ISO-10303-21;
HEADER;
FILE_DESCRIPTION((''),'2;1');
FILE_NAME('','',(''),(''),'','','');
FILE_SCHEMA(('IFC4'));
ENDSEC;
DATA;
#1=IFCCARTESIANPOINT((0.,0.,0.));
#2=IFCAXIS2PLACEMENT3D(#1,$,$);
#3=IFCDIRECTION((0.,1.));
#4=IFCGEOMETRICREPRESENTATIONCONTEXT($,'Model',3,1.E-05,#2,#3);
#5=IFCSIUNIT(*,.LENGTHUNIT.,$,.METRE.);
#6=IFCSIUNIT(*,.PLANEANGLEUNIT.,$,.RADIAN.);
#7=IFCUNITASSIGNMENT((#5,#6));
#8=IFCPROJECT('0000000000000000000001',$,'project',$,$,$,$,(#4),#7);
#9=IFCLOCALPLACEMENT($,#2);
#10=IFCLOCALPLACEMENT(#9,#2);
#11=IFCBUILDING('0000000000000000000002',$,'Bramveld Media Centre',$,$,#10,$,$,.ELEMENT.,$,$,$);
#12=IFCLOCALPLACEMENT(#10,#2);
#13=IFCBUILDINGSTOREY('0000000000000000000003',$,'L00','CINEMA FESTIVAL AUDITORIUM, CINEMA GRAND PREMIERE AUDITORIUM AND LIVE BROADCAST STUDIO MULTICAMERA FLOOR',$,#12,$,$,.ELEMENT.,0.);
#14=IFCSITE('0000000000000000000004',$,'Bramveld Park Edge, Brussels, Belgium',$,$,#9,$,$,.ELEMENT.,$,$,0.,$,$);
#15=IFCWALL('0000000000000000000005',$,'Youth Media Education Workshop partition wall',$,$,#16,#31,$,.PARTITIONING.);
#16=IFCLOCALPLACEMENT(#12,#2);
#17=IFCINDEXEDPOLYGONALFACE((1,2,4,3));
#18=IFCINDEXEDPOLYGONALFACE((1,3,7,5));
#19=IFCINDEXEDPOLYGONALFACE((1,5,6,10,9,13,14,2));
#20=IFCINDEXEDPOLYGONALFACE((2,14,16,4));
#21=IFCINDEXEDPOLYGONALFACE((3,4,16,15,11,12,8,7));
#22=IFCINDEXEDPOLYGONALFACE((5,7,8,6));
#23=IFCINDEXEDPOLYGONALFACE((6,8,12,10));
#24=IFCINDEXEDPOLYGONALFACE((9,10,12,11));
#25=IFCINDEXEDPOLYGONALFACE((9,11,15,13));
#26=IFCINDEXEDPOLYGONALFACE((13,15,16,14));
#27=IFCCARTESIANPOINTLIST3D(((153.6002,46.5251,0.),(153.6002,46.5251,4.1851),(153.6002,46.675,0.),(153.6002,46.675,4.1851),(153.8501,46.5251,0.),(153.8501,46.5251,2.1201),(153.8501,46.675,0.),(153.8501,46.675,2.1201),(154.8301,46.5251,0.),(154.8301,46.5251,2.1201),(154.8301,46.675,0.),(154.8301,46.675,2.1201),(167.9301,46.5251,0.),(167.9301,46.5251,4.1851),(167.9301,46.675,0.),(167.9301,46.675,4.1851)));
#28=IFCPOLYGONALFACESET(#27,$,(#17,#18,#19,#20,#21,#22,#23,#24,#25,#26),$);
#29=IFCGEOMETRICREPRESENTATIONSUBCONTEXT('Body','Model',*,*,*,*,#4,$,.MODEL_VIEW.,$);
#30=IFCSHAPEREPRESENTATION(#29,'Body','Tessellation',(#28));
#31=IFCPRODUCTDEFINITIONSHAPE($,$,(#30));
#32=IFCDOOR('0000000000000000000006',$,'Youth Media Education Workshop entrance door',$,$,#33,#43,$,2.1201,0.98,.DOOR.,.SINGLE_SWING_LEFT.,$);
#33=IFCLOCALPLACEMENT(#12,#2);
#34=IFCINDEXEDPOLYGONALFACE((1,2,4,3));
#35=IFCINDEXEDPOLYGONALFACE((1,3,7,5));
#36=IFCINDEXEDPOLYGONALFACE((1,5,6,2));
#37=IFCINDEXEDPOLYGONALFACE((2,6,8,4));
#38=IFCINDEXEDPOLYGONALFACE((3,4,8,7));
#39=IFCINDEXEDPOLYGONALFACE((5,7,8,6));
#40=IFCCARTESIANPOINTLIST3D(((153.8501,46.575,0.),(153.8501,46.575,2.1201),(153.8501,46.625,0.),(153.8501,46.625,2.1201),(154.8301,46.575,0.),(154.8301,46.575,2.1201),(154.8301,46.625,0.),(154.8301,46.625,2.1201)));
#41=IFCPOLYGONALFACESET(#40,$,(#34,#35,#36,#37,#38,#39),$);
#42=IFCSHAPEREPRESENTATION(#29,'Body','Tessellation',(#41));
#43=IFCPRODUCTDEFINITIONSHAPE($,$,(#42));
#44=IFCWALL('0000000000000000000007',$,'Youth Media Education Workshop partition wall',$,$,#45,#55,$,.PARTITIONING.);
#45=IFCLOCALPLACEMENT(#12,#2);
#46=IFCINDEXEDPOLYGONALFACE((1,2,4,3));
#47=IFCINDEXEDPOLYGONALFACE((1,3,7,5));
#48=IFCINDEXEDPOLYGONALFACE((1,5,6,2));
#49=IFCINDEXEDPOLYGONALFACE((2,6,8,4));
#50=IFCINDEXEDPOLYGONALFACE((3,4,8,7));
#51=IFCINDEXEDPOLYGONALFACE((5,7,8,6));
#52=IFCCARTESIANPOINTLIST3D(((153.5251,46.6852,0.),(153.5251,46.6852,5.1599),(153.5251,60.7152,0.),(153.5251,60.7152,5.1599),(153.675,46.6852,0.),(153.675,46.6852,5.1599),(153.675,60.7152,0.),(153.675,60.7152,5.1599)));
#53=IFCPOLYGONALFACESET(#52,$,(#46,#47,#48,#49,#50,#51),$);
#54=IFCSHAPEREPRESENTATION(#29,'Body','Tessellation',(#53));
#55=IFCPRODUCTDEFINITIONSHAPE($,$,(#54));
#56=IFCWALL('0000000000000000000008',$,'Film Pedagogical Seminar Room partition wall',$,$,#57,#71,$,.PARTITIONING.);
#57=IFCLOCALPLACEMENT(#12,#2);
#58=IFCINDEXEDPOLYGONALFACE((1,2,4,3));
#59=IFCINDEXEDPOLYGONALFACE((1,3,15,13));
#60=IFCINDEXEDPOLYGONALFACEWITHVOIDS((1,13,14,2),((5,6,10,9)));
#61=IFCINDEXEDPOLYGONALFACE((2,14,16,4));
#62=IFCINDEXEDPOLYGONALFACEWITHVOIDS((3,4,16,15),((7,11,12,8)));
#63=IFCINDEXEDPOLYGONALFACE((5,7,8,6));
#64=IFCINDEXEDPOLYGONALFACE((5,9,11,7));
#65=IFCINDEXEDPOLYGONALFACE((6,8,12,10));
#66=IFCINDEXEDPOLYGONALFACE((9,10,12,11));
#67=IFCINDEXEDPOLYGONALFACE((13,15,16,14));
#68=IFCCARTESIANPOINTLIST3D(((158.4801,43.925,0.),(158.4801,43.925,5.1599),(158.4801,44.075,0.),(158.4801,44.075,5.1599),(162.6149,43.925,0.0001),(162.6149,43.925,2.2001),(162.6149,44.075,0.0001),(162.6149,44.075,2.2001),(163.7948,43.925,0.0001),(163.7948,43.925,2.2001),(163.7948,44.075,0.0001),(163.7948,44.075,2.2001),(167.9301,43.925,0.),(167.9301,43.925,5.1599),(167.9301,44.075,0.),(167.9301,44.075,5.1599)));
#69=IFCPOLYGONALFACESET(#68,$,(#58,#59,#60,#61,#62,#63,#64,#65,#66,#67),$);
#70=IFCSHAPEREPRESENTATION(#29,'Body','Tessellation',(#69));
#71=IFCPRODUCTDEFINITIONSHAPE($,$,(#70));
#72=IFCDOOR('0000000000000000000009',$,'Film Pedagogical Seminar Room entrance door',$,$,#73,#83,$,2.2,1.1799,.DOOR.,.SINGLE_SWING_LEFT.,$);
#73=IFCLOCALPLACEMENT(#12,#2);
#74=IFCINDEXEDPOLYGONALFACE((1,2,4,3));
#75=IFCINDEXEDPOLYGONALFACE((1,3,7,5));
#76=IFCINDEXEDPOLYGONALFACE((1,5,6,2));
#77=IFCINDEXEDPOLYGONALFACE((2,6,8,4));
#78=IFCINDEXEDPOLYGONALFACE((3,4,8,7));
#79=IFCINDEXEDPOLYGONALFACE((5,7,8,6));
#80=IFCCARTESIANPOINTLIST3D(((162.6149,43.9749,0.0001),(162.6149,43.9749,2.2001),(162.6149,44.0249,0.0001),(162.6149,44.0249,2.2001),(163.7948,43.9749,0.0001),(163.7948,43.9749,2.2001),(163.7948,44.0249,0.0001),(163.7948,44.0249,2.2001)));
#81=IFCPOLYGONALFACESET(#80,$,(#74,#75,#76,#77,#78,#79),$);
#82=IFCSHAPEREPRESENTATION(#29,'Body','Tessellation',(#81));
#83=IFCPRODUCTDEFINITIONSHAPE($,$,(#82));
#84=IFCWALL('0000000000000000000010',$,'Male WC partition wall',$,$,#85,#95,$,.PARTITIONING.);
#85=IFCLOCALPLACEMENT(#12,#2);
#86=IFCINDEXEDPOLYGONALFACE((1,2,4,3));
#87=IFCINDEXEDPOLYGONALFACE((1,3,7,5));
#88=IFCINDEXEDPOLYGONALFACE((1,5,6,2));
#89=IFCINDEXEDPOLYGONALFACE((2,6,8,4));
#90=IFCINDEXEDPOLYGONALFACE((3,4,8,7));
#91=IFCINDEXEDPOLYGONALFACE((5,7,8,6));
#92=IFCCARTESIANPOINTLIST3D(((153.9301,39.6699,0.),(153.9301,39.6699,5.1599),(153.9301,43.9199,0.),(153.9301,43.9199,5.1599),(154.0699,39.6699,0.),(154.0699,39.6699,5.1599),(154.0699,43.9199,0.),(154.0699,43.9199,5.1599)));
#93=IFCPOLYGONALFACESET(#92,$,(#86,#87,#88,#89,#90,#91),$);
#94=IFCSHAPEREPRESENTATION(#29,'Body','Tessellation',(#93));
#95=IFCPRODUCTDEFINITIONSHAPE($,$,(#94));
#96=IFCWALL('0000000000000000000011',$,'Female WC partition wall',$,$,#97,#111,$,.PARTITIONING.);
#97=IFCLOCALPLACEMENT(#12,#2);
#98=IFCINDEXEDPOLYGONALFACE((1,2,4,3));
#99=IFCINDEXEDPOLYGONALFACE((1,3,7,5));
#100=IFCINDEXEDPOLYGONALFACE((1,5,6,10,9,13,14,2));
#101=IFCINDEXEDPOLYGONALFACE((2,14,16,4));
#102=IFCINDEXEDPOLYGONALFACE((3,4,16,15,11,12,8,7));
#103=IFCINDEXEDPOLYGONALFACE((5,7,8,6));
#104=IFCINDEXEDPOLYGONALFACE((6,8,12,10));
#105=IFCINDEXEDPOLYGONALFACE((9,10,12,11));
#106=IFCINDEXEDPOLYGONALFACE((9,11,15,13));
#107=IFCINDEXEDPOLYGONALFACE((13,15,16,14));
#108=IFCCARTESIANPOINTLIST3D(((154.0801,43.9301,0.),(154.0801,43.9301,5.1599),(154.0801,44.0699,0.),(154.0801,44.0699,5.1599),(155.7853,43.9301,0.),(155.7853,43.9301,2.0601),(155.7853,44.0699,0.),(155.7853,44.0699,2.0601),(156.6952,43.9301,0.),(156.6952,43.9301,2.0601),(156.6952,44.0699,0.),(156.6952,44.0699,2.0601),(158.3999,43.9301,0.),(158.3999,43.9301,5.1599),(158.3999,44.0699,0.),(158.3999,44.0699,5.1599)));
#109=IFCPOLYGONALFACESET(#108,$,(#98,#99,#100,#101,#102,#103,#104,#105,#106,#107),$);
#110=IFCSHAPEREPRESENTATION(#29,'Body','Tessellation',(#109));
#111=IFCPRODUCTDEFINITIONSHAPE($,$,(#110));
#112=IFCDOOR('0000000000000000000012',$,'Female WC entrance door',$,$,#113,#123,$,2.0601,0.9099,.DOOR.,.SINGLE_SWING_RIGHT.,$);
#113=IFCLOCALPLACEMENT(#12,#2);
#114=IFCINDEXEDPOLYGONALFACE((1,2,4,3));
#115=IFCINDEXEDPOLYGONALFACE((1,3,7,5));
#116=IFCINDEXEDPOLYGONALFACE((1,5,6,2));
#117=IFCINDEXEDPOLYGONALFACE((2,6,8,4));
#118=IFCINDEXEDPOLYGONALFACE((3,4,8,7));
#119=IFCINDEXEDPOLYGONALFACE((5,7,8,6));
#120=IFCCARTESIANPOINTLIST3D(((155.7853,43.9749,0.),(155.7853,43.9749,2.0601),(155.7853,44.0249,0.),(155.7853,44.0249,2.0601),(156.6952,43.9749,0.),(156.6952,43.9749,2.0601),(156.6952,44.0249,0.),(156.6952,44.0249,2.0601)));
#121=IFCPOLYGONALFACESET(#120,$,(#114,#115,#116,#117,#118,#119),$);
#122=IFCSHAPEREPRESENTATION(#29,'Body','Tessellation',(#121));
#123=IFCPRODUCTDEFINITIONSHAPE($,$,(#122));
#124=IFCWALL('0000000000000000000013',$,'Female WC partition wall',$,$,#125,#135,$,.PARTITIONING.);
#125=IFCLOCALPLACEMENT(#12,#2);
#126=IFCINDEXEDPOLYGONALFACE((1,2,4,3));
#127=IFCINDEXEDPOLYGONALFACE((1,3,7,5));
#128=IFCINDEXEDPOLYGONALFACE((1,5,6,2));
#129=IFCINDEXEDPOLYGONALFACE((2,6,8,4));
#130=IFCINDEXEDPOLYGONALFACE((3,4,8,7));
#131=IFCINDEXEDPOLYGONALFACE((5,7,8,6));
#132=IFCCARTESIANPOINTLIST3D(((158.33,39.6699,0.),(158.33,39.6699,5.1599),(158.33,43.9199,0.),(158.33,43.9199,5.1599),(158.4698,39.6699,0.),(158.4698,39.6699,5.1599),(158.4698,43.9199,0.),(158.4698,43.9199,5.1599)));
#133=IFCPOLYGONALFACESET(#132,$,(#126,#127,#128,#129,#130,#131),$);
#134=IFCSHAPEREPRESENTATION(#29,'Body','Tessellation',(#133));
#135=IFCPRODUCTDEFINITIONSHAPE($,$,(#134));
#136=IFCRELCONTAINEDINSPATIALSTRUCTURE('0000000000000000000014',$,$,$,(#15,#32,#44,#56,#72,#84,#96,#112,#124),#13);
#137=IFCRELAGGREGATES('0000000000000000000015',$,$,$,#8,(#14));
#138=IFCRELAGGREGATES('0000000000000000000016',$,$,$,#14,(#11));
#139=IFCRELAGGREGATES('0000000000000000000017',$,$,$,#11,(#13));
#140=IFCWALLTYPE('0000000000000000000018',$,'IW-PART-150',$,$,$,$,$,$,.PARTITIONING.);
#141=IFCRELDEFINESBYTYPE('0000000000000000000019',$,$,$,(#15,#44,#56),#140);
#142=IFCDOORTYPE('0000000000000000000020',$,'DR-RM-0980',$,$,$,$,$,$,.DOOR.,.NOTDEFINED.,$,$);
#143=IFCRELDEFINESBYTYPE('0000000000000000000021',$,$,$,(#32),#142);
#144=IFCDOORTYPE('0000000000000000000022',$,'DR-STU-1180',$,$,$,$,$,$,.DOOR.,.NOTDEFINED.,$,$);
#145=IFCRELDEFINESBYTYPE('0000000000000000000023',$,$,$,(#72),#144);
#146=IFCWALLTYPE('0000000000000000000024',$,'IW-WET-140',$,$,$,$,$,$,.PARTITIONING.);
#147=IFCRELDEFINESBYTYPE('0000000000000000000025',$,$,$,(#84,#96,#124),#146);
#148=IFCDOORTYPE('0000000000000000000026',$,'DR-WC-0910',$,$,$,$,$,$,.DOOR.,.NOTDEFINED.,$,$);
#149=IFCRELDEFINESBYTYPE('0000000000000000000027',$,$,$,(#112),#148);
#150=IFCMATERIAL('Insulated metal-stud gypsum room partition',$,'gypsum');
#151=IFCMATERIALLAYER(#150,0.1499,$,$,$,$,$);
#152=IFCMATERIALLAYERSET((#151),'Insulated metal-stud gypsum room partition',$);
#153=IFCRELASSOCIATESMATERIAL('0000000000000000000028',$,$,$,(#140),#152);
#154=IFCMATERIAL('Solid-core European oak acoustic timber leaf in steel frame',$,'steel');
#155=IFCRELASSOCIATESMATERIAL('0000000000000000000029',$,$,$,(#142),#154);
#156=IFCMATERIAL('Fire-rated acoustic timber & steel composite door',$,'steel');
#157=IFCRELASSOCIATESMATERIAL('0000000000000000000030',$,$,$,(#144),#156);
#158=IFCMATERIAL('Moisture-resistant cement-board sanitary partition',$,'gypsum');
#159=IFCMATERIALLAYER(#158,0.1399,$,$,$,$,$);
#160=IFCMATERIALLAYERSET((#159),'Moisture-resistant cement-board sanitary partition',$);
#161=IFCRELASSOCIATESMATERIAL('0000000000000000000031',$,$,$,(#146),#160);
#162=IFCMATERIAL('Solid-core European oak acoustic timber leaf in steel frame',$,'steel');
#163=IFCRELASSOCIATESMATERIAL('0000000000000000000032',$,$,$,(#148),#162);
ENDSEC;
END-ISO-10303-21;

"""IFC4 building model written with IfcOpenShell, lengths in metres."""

from ifc_helpers import new_model, si_unit, direction, frame, frame_2d, origin, place, context, subcontext, project, spatial, rectangle, extrude, material, layer, layer_set, type_object, element, fill, save


model = new_model("IFC4")

# Units and contexts
model_context = context("Model", 3, precision=1e-05, world=origin(), true_north=direction((0.0, 1.0)))
body_context = subcontext(model_context, "Body", "Model", "MODEL_VIEW")
ifc_project = project(units=[si_unit("LENGTHUNIT", "METRE"), si_unit("PLANEANGLEUNIT", "RADIAN")], contexts=[model_context])

# Site, building, storey
site_placement = place(None, origin())
site = spatial("IfcSite", under=ifc_project, at=site_placement, Name="Bramveld Park Edge, Brussels, Belgium", CompositionType="ELEMENT", RefElevation=0.0)
building_placement = place(site_placement, origin())
building = spatial("IfcBuilding", under=site, at=building_placement, Name="Bramveld Media Centre", CompositionType="ELEMENT")
storey_placement = place(building_placement, origin())
storey = spatial("IfcBuildingStorey", under=building, at=storey_placement, Name="L00", Description="CINEMA FESTIVAL AUDITORIUM, CINEMA GRAND PREMIERE AUDITORIUM AND LIVE BROADCAST STUDIO MULTICAMERA FLOOR", CompositionType="ELEMENT", Elevation=0.0)

# Wall, opening, door
ifc_material_1 = material(Name="Insulated metal-stud gypsum room partition", Category="gypsum")
ifc_layer_1 = layer(ifc_material_1, 0.1499)
ifc_layer_set_1 = layer_set([ifc_layer_1], Name="Insulated metal-stud gypsum room partition")
wall_type_1 = type_object("IfcWallType", Name="IW-PART-150", PredefinedType="PARTITIONING", material=ifc_layer_set_1)
wall_1_placement = place(storey_placement, frame((153.6001, 46.6001, 0.0), z_axis=(0.0, 0.0, 1.0), x_axis=(1.0, 0.0, 0.0)))
wall_1 = element("IfcWall", 1, at=wall_1_placement, inside=storey, type_object=wall_type_1, Name="Youth Media Education Workshop partition wall", PredefinedType="PARTITIONING", context=body_context, shape_type="SweptSolid", body=[
    extrude(rectangle(XDim=14.3298, YDim=0.1499, at=frame_2d((7.165, 0.0))), origin(), (0.0, 0.0, 1.0), 4.1851),
])
opening_1_placement = place(wall_1_placement, frame((0.25, 0.0, 0.0)))
opening_1 = element("IfcOpeningElement", 2, at=opening_1_placement, cuts=wall_1, PredefinedType="OPENING", context=body_context, shape_type="SweptSolid", body=[
    extrude(rectangle(XDim=0.98, YDim=2.1201, at=frame_2d((0.49, 1.0601))), frame((0.0, 0.0869, 0.0), z_axis=(0.0, -1.0, 0.0), x_axis=(1.0, 0.0, 0.0)), (0.0, 0.0, 1.0), 0.1738),
])
ifc_material_2 = material(Name="Solid-core European oak acoustic timber leaf in steel frame", Category="steel")
door_type_1 = type_object("IfcDoorType", Name="DR-RM-0980", OperationType="NOTDEFINED", PredefinedType="DOOR", material=ifc_material_2)
door_1_placement = place(opening_1_placement, origin())
door_1 = element("IfcDoor", 3, at=door_1_placement, inside=storey, type_object=door_type_1, Name="Youth Media Education Workshop entrance door", OperationType="SINGLE_SWING_LEFT", OverallHeight=2.1201, OverallWidth=0.98, PredefinedType="DOOR", context=body_context, shape_type="SweptSolid", body=[
    extrude(rectangle(XDim=0.98, YDim=2.1201, at=frame_2d((0.49, 1.0601))), frame((0.0, 0.0249, 0.0), z_axis=(0.0, -1.0, 0.0), x_axis=(1.0, 0.0, 0.0)), (0.0, 0.0, 1.0), 0.05),
])
fill(opening_1, door_1)

# Wall
wall_2_placement = place(storey_placement, frame((153.6001, 46.6851, 0.0), z_axis=(0.0, 0.0, 1.0), x_axis=(0.0, 1.0, 0.0)))
element("IfcWall", 4, at=wall_2_placement, inside=storey, type_object=wall_type_1, Name="Youth Media Education Workshop partition wall", PredefinedType="PARTITIONING", context=body_context, shape_type="SweptSolid", body=[
    extrude(rectangle(XDim=14.03, YDim=0.1499, at=frame_2d((7.0151, 0.0))), origin(), (0.0, 0.0, 1.0), 5.1599),
])

# Wall, opening, door
wall_3_placement = place(storey_placement, frame((158.48, 44.0, 0.0), z_axis=(0.0, 0.0, 1.0), x_axis=(1.0, 0.0, 0.0)))
wall_3 = element("IfcWall", 5, at=wall_3_placement, inside=storey, type_object=wall_type_1, Name="Film Pedagogical Seminar Room partition wall", PredefinedType="PARTITIONING", context=body_context, shape_type="SweptSolid", body=[
    extrude(rectangle(XDim=9.45, YDim=0.1499, at=frame_2d((4.7251, 0.0))), origin(), (0.0, 0.0, 1.0), 5.1599),
])
opening_2_placement = place(wall_3_placement, frame((4.135, 0.0, 0.0)))
opening_2 = element("IfcOpeningElement", 6, at=opening_2_placement, cuts=wall_3, PredefinedType="OPENING", context=body_context, shape_type="SweptSolid", body=[
    extrude(rectangle(XDim=1.1799, YDim=2.2, at=frame_2d((0.5898, 1.1001))), frame((0.0, 0.0869, 0.0), z_axis=(0.0, -1.0, 0.0), x_axis=(1.0, 0.0, 0.0)), (0.0, 0.0, 1.0), 0.1738),
])
ifc_material_3 = material(Name="Fire-rated acoustic timber & steel composite door", Category="steel")
door_type_2 = type_object("IfcDoorType", Name="DR-STU-1180", OperationType="NOTDEFINED", PredefinedType="DOOR", material=ifc_material_3)
door_2_placement = place(opening_2_placement, origin())
door_2 = element("IfcDoor", 7, at=door_2_placement, inside=storey, type_object=door_type_2, Name="Film Pedagogical Seminar Room entrance door", OperationType="SINGLE_SWING_LEFT", OverallHeight=2.2, OverallWidth=1.1799, PredefinedType="DOOR", context=body_context, shape_type="SweptSolid", body=[
    extrude(rectangle(XDim=1.1799, YDim=2.2, at=frame_2d((0.5898, 1.1001))), frame((0.0, 0.0249, 0.0), z_axis=(0.0, -1.0, 0.0), x_axis=(1.0, 0.0, 0.0)), (0.0, 0.0, 1.0), 0.05),
])
fill(opening_2, door_2)

# Wall
ifc_material_4 = material(Name="Moisture-resistant cement-board sanitary partition", Category="gypsum")
ifc_layer_2 = layer(ifc_material_4, 0.1399)
ifc_layer_set_2 = layer_set([ifc_layer_2], Name="Moisture-resistant cement-board sanitary partition")
wall_type_2 = type_object("IfcWallType", Name="IW-WET-140", PredefinedType="PARTITIONING", material=ifc_layer_set_2)
wall_4_placement = place(storey_placement, frame((154.0, 39.6699, 0.0), z_axis=(0.0, 0.0, 1.0), x_axis=(0.0, 1.0, 0.0)))
element("IfcWall", 8, at=wall_4_placement, inside=storey, type_object=wall_type_2, Name="Male WC partition wall", PredefinedType="PARTITIONING", context=body_context, shape_type="SweptSolid", body=[
    extrude(rectangle(XDim=4.25, YDim=0.1399, at=frame_2d((2.125, 0.0))), origin(), (0.0, 0.0, 1.0), 5.1599),
])

# Wall, opening, door
wall_5_placement = place(storey_placement, frame((154.0801, 44.0, 0.0), z_axis=(0.0, 0.0, 1.0), x_axis=(1.0, 0.0, 0.0)))
wall_5 = element("IfcWall", 9, at=wall_5_placement, inside=storey, type_object=wall_type_2, Name="Female WC partition wall", PredefinedType="PARTITIONING", context=body_context, shape_type="SweptSolid", body=[
    extrude(rectangle(XDim=4.3198, YDim=0.1399, at=frame_2d((2.1599, 0.0))), origin(), (0.0, 0.0, 1.0), 5.1599),
])
opening_3_placement = place(wall_5_placement, frame((1.7051, 0.0, 0.0)))
opening_3 = element("IfcOpeningElement", 10, at=opening_3_placement, cuts=wall_5, PredefinedType="OPENING", context=body_context, shape_type="SweptSolid", body=[
    extrude(rectangle(XDim=0.9099, YDim=2.0601, at=frame_2d((0.4551, 1.03))), frame((0.0, 0.082, 0.0), z_axis=(0.0, -1.0, 0.0), x_axis=(1.0, 0.0, 0.0)), (0.0, 0.0, 1.0), 0.1638),
])
ifc_material_5 = material(Name="Solid-core European oak acoustic timber leaf in steel frame", Category="steel")
door_type_3 = type_object("IfcDoorType", Name="DR-WC-0910", OperationType="NOTDEFINED", PredefinedType="DOOR", material=ifc_material_5)
door_3_placement = place(opening_3_placement, origin())
door_3 = element("IfcDoor", 11, at=door_3_placement, inside=storey, type_object=door_type_3, Name="Female WC entrance door", OperationType="SINGLE_SWING_RIGHT", OverallHeight=2.0601, OverallWidth=0.9099, PredefinedType="DOOR", context=body_context, shape_type="SweptSolid", body=[
    extrude(rectangle(XDim=0.9099, YDim=2.0601, at=frame_2d((0.4551, 1.03))), frame((0.0, 0.0249, 0.0), z_axis=(0.0, -1.0, 0.0), x_axis=(1.0, 0.0, 0.0)), (0.0, 0.0, 1.0), 0.05),
])
fill(opening_3, door_3)

# Wall
wall_6_placement = place(storey_placement, frame((158.3999, 39.6699, 0.0), z_axis=(0.0, 0.0, 1.0), x_axis=(0.0, 1.0, 0.0)))
element("IfcWall", 12, at=wall_6_placement, inside=storey, type_object=wall_type_2, Name="Female WC partition wall", PredefinedType="PARTITIONING", context=body_context, shape_type="SweptSolid", body=[
    extrude(rectangle(XDim=4.25, YDim=0.1399, at=frame_2d((2.125, 0.0))), origin(), (0.0, 0.0, 1.0), 5.1599),
])

save(model, "model.ifc")
